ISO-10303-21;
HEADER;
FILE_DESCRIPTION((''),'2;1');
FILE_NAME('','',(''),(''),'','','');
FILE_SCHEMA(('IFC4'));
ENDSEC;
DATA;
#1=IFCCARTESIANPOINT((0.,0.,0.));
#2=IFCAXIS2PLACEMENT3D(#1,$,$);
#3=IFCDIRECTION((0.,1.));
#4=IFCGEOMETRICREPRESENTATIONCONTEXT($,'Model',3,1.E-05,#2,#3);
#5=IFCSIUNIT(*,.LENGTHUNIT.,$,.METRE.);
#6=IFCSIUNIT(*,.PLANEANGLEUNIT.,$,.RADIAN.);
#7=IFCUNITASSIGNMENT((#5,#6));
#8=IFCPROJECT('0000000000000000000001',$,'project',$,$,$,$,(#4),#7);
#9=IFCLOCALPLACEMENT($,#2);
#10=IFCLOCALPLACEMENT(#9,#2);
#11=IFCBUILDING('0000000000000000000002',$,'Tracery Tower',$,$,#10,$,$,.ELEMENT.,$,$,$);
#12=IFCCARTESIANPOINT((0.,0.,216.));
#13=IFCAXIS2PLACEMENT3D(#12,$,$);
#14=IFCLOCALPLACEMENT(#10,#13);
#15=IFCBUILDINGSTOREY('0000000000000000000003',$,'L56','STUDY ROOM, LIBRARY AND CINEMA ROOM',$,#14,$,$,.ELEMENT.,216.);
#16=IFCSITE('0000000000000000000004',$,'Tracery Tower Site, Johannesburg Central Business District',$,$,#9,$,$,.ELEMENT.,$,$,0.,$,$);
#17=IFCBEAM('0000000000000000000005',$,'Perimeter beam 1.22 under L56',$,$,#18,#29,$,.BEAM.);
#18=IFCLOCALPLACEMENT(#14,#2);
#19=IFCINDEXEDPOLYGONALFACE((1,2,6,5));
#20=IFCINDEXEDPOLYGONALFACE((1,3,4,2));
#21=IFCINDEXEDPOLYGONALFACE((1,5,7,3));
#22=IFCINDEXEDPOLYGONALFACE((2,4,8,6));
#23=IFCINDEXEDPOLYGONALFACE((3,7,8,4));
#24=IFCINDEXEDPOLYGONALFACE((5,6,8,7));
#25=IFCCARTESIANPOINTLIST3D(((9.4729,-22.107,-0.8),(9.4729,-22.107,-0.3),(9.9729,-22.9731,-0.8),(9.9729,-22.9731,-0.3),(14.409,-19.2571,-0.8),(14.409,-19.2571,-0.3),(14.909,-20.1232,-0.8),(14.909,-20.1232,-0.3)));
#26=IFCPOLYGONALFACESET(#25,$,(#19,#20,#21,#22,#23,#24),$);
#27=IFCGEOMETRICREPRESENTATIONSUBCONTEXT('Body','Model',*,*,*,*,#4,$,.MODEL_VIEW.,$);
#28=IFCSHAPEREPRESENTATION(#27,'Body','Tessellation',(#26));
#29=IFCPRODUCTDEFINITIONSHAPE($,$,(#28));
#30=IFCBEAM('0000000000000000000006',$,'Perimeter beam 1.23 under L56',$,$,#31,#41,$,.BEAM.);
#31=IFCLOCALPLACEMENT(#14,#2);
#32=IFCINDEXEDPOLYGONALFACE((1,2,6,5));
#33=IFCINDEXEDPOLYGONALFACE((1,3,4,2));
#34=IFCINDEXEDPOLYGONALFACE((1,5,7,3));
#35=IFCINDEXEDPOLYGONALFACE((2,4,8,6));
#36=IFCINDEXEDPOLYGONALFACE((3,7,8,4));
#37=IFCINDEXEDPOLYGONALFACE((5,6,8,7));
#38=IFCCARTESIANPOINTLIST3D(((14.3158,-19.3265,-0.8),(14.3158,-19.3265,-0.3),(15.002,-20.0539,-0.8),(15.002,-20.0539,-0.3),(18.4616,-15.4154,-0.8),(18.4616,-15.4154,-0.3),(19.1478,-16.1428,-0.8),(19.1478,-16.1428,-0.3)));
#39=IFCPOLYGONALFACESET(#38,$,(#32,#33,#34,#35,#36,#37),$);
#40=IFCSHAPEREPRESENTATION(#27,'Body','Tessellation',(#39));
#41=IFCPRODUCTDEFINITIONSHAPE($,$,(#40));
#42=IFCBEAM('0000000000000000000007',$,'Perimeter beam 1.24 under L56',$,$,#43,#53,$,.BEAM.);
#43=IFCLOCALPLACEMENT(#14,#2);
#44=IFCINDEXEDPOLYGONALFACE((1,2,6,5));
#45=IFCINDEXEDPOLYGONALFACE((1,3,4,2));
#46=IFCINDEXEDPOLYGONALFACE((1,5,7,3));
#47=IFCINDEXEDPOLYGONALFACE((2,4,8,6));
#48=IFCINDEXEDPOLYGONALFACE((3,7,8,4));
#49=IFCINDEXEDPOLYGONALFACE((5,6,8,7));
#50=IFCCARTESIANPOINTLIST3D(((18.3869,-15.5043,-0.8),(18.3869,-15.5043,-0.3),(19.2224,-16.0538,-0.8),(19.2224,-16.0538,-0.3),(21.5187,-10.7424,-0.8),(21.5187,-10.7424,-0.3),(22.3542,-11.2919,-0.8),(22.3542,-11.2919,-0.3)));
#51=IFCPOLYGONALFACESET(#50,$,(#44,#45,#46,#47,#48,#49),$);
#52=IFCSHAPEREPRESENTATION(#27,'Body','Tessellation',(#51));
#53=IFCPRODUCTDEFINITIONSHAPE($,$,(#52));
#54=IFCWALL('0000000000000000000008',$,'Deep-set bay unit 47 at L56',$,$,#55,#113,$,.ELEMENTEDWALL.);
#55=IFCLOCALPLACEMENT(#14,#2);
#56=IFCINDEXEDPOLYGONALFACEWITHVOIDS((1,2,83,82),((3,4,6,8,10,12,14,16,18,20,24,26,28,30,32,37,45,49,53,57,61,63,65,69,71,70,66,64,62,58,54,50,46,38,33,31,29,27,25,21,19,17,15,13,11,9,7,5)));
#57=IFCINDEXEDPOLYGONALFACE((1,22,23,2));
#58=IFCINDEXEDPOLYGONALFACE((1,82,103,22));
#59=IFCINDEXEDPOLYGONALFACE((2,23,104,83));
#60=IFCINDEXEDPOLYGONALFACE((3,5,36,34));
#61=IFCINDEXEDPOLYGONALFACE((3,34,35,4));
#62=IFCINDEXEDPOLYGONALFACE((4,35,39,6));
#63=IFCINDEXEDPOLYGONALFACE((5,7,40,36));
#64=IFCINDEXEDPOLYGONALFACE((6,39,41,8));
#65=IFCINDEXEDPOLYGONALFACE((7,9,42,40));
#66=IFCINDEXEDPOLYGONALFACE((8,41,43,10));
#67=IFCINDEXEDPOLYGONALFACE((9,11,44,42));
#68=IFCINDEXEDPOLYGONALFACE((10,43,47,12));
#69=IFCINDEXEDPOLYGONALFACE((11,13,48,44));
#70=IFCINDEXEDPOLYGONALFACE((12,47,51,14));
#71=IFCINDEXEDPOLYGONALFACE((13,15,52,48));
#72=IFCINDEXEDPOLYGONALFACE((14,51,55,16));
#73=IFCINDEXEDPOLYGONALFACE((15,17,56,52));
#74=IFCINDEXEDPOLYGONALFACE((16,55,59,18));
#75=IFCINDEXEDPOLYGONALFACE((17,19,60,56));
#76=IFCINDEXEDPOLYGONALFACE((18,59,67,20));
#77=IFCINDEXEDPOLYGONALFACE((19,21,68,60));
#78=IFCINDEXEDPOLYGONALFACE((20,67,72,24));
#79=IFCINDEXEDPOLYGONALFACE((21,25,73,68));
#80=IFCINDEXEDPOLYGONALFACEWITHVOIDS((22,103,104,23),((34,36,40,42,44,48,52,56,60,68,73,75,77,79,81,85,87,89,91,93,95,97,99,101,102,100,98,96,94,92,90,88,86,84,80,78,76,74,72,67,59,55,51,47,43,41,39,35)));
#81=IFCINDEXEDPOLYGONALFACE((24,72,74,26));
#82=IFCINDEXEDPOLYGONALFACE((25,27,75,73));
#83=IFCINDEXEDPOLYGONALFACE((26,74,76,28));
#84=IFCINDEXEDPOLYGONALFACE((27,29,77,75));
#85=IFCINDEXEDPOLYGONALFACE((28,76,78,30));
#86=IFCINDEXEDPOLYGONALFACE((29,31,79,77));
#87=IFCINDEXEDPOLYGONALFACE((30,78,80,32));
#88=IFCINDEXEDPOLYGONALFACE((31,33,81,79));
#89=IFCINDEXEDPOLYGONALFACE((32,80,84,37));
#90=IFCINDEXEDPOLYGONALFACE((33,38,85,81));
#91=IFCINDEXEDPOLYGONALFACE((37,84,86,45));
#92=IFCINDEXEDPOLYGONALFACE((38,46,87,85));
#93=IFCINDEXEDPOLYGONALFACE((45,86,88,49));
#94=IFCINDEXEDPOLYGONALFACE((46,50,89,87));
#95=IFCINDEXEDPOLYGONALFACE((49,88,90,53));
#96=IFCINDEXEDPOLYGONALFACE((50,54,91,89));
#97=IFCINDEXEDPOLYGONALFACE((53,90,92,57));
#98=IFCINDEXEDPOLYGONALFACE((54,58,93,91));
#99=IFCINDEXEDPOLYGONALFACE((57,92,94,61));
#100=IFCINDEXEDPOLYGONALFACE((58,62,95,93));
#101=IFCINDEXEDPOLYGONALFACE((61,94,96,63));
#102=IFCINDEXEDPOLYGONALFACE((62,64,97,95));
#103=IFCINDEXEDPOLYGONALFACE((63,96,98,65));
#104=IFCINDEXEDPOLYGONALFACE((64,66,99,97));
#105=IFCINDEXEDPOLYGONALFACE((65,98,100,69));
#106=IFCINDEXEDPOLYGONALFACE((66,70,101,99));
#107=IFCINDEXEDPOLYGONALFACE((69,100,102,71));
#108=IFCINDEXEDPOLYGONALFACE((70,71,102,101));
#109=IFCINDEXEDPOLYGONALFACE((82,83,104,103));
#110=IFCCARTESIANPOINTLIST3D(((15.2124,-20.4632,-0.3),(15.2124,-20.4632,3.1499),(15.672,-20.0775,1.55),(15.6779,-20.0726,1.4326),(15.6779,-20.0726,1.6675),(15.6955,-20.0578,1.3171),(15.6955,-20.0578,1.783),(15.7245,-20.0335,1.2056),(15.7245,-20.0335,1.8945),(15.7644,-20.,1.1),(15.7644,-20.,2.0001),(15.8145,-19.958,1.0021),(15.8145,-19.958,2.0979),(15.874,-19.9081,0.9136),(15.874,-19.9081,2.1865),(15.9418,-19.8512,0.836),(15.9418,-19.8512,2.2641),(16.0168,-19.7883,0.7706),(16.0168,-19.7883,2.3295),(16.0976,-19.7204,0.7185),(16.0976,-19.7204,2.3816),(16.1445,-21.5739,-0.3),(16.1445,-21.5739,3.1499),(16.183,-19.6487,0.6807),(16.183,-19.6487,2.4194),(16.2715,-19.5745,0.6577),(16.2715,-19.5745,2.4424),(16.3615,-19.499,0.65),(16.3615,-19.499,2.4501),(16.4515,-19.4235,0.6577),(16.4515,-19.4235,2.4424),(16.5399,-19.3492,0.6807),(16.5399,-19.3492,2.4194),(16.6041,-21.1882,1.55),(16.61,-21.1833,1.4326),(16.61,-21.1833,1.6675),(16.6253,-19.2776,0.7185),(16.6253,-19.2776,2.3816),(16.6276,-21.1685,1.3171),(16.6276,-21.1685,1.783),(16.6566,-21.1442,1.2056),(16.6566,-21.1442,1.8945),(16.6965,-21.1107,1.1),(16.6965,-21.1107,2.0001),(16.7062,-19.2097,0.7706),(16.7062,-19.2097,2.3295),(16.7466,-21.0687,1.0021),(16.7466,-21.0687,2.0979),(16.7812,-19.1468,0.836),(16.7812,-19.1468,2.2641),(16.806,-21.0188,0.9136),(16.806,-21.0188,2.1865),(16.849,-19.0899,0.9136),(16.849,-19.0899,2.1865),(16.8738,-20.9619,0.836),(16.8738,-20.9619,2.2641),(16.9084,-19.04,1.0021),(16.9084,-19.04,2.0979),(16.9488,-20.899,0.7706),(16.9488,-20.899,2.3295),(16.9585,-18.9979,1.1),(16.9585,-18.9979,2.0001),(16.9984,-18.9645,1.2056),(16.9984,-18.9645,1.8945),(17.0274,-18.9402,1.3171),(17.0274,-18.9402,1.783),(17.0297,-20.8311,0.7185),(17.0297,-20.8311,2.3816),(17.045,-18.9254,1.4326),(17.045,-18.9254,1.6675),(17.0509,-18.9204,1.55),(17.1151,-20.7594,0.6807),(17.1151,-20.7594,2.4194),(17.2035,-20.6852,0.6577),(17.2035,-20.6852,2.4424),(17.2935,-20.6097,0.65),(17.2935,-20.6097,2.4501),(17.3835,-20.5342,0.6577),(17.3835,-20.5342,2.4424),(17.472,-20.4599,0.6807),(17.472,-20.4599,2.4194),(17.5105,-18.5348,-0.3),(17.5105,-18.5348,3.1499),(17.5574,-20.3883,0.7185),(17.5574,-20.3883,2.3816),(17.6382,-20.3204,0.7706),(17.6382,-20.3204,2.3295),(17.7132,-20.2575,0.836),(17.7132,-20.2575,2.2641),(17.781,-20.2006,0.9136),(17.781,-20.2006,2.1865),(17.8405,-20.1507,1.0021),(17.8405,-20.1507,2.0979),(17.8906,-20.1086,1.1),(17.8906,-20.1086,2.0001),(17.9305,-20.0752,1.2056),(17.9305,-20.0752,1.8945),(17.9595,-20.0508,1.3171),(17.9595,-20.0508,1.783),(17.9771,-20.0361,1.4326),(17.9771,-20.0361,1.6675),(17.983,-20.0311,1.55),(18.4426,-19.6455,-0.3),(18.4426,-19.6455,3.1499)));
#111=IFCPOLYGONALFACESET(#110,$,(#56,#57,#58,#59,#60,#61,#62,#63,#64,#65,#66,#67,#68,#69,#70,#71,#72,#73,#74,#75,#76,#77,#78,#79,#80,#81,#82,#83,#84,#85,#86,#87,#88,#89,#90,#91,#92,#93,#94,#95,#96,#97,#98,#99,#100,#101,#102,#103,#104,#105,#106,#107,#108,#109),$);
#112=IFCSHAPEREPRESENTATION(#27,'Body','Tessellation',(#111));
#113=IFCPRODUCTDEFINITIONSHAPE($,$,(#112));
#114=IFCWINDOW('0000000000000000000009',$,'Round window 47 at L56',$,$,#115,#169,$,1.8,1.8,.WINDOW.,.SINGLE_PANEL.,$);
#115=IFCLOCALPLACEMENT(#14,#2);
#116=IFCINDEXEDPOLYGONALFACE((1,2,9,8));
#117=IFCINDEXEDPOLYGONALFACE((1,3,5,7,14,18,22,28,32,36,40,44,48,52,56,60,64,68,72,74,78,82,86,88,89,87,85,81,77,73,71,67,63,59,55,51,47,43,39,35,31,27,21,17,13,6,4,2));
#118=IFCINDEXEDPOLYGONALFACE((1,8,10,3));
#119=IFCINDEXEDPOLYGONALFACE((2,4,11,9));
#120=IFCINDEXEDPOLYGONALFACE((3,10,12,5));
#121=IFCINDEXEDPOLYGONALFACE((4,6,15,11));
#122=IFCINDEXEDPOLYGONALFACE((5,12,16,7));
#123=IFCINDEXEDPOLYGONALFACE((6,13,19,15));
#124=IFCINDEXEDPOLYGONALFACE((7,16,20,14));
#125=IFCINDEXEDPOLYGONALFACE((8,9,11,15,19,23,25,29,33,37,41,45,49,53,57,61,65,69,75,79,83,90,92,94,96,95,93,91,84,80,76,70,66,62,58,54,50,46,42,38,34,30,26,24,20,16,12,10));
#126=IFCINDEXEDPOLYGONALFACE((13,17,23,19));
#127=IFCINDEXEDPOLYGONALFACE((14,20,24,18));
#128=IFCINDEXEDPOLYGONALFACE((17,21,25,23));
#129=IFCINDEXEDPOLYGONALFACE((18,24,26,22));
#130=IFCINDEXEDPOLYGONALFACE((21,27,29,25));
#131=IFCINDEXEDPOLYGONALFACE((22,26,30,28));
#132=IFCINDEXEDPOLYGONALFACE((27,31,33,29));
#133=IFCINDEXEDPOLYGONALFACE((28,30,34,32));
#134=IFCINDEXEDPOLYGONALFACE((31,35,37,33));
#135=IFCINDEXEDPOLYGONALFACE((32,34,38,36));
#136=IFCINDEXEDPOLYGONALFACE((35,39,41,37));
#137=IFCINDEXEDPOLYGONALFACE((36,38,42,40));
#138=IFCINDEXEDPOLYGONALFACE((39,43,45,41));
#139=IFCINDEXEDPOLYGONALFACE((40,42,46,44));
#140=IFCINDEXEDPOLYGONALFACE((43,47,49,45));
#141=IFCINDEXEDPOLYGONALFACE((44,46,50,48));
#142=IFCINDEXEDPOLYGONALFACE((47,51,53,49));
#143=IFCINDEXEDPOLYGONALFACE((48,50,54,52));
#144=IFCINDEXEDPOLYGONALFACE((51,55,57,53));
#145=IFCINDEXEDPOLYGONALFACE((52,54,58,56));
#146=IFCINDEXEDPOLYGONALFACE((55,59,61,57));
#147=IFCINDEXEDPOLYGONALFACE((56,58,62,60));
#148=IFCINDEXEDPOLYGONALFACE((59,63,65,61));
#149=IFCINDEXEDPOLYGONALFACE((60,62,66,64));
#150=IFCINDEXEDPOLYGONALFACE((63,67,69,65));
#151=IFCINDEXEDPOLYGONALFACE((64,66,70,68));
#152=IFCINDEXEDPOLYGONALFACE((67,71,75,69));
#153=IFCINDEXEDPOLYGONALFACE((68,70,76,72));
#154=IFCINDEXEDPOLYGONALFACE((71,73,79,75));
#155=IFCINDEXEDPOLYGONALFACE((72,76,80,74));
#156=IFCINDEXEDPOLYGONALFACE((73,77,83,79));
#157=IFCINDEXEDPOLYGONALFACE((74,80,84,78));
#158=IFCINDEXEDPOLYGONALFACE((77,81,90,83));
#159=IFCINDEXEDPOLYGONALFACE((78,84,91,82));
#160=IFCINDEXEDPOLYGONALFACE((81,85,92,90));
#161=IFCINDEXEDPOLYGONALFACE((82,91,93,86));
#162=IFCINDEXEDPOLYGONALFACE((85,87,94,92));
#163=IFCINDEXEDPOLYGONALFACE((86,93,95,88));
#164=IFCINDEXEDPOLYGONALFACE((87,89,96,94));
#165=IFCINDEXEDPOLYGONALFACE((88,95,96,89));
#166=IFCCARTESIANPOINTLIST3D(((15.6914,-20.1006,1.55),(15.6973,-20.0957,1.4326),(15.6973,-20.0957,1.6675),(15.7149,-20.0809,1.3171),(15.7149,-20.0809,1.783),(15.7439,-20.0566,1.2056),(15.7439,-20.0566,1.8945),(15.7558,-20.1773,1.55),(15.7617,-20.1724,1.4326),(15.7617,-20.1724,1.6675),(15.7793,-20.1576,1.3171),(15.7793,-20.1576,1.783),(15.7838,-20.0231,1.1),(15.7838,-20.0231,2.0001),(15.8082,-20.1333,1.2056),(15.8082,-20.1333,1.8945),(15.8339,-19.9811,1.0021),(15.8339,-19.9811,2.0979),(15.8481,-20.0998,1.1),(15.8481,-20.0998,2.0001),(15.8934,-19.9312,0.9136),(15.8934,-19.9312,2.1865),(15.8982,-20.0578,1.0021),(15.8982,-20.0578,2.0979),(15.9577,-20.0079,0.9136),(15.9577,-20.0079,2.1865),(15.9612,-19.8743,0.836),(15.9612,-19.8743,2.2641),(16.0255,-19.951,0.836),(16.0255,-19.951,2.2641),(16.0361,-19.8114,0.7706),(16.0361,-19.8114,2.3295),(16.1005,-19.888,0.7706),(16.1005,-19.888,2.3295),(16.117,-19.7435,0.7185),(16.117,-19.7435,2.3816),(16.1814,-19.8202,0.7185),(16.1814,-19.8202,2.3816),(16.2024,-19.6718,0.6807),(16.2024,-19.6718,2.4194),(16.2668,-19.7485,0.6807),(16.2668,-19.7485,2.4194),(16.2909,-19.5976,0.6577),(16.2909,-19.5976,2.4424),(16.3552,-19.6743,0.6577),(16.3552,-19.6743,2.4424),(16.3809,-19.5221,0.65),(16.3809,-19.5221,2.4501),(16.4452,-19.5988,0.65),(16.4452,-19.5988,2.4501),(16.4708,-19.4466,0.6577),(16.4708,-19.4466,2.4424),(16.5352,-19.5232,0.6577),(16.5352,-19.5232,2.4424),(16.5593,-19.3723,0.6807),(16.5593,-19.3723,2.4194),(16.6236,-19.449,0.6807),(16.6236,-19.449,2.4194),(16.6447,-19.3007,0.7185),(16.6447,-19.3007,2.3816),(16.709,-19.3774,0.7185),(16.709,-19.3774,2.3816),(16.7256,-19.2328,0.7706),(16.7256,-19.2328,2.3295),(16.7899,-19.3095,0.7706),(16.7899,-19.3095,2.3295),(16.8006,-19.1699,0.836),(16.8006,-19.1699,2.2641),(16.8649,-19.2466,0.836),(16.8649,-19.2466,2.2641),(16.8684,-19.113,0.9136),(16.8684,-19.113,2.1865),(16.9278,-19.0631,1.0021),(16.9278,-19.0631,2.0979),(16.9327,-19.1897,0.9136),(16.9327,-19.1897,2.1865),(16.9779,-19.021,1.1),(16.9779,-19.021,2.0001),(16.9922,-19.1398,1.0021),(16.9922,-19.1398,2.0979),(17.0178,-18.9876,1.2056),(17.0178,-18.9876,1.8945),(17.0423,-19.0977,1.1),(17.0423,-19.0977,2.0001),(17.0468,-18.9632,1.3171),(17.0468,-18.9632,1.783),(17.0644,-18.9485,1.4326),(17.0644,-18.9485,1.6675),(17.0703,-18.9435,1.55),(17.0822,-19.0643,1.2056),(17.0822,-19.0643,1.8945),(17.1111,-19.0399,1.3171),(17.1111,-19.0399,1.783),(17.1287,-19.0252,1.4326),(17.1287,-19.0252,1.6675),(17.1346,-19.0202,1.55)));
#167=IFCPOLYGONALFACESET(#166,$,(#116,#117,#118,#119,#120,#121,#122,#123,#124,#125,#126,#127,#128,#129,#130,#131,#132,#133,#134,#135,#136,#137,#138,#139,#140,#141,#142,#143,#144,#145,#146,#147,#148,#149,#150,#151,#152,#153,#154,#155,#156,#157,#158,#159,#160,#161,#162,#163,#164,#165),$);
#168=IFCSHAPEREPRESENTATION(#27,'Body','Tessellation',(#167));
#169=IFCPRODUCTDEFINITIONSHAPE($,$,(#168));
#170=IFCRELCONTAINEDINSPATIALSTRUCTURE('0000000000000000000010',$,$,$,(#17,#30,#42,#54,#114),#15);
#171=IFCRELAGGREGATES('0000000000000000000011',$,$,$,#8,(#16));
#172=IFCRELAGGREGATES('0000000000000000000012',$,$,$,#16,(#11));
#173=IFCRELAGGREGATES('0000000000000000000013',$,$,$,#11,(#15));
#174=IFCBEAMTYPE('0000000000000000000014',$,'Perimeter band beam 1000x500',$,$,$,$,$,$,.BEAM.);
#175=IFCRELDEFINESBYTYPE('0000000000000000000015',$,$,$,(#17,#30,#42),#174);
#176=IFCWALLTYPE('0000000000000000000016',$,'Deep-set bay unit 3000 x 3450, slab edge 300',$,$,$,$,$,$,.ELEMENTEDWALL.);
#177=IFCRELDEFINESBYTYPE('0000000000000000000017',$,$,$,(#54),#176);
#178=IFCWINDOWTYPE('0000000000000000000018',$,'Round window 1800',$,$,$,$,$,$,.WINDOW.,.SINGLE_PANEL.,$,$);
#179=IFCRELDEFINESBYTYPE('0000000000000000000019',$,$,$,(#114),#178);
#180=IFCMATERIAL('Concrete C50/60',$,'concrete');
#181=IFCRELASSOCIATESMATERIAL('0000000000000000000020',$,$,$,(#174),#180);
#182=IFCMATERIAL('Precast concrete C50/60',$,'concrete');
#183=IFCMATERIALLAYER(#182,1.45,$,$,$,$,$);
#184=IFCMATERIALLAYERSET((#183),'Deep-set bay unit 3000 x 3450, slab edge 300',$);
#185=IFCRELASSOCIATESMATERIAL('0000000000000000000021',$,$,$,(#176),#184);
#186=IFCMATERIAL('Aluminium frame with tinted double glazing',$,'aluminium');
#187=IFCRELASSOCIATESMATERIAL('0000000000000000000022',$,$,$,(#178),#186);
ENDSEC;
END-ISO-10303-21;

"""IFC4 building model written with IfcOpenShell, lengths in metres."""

from ifc_helpers import new_model, si_unit, direction, frame, frame_2d, origin, origin_2d, place, context, subcontext, project, spatial, rectangle, circle, extrude, material, layer, layer_set, material_profile, profile_set, type_object, element, fill, save


model = new_model("IFC4")

# Units and contexts
model_context = context("Model", 3, precision=1e-05, world=origin(), true_north=direction((0.0, 1.0)))
body_context = subcontext(model_context, "Body", "Model", "MODEL_VIEW")
ifc_project = project(units=[si_unit("LENGTHUNIT", "METRE"), si_unit("PLANEANGLEUNIT", "RADIAN")], contexts=[model_context])

# Site, building, storey
site_placement = place(None, origin())
site = spatial("IfcSite", under=ifc_project, at=site_placement, Name="Tracery Tower Site, Johannesburg Central Business District", CompositionType="ELEMENT", RefElevation=0.0)
building_placement = place(site_placement, origin())
building = spatial("IfcBuilding", under=site, at=building_placement, Name="Tracery Tower", CompositionType="ELEMENT")
storey_placement = place(building_placement, frame((0.0, 0.0, 216.0)))
storey = spatial("IfcBuildingStorey", under=building, at=storey_placement, Name="L56", Description="STUDY ROOM, LIBRARY AND CINEMA ROOM", CompositionType="ELEMENT", Elevation=216.0)

# Beams
ifc_material_1 = material(Name="Concrete C50/60", Category="concrete")
ifc_material_profile_1 = material_profile(ifc_material_1, rectangle(XDim=1.0, YDim=0.5, at=origin_2d()), Name="RC 1000x500")
ifc_profile_set_1 = profile_set([ifc_material_profile_1], Name="Concrete C50/60")
beam_type = type_object("IfcBeamType", Name="Perimeter band beam 1000x500", PredefinedType="BEAM", material=ifc_profile_set_1)
beam_placement = place(storey_placement, frame((9.7229, -22.54, -0.55), z_axis=(0.866023, 0.500004, 0.0), x_axis=(-0.500004, 0.866023, 0.0)))
element("IfcBeam", 1, at=beam_placement, inside=storey, type_object=beam_type, Name="Perimeter beam 1.22 under L56", PredefinedType="BEAM", context=body_context, shape_type="SweptSolid", body=[
    extrude(rectangle(XDim=1.0, YDim=0.5, at=origin_2d()), origin(), (0.0, 0.0, 1.0), 5.6997),
])
for number, where, z_axis, x_axis, name in (
    (2, (14.6589, -19.6902, -0.55), (0.72739, 0.686225, 0.0), (-0.686225, 0.72739, 0.0), "Perimeter beam 1.23 under L56"),
    (3, (18.8047, -15.7791, -0.55), (0.54949, 0.8355, 0.0), (-0.8355, 0.54949, 0.0), "Perimeter beam 1.24 under L56"),
):
    element("IfcBeam", number, at=place(storey_placement, frame(where, z_axis=z_axis, x_axis=x_axis)), inside=storey, type_object=beam_type, Name=name, PredefinedType="BEAM", context=body_context, shape_type="SweptSolid", body=[
        extrude(rectangle(XDim=1.0, YDim=0.5, at=origin_2d()), origin(), (0.0, 0.0, 1.0), 5.6995),
    ])

# Wall, opening, window
ifc_material_2 = material(Name="Precast concrete C50/60", Category="concrete")
ifc_layer_1 = layer(ifc_material_2, 1.45)
ifc_layer_set_1 = layer_set([ifc_layer_1], Name="Deep-set bay unit 3000 x 3450, slab edge 300")
wall_type_1 = type_object("IfcWallType", Name="Deep-set bay unit 3000 x 3450, slab edge 300", PredefinedType="ELEMENTEDWALL", material=ifc_layer_set_1)
wall_1_placement = place(storey_placement, frame((15.6785, -21.0186, -0.3), z_axis=(0.0, 0.0, 1.0), x_axis=(0.766022, 0.642814, 0.0)))
wall_1 = element("IfcWall", 4, at=wall_1_placement, inside=storey, type_object=wall_type_1, Name="Deep-set bay unit 47 at L56", PredefinedType="ELEMENTEDWALL", context=body_context, shape_type="SweptSolid", body=[
    extrude(rectangle(XDim=3.0, YDim=1.45, at=frame_2d((1.5, 0.0))), origin(), (0.0, 0.0, 1.0), 3.45),
])
opening_1_placement = place(wall_1_placement, frame((1.5, 0.0, 1.8501)))
opening_1 = element("IfcOpeningElement", 5, at=opening_1_placement, cuts=wall_1, PredefinedType="OPENING", context=body_context, shape_type="SweptSolid", body=[
    extrude(circle(Radius=0.9, at=origin_2d()), frame((0.0, 0.7349, 0.0), z_axis=(0.0, -1.0, 0.0), x_axis=(1.0, 0.0, 0.0)), (0.0, 0.0, 1.0), 1.47),
])
ifc_material_3 = material(Name="Aluminium frame with tinted double glazing", Category="aluminium")
window_type = type_object("IfcWindowType", Name="Round window 1800", PartitioningType="SINGLE_PANEL", PredefinedType="WINDOW", material=ifc_material_3)
window_1_placement = place(opening_1_placement, origin())
window_1 = element("IfcWindow", 6, at=window_1_placement, inside=storey, type_object=window_type, Name="Round window 47 at L56", OverallHeight=1.8, OverallWidth=1.8, PartitioningType="SINGLE_PANEL", PredefinedType="WINDOW", context=body_context, shape_type="SweptSolid", body=[
    extrude(circle(Radius=0.9, at=origin_2d()), frame((0.0, 0.6948, 0.0), z_axis=(0.0, -1.0, 0.0), x_axis=(1.0, 0.0, 0.0)), (0.0, 0.0, 1.0), 0.1001),
])
fill(opening_1, window_1)

save(model, "model.ifc")
